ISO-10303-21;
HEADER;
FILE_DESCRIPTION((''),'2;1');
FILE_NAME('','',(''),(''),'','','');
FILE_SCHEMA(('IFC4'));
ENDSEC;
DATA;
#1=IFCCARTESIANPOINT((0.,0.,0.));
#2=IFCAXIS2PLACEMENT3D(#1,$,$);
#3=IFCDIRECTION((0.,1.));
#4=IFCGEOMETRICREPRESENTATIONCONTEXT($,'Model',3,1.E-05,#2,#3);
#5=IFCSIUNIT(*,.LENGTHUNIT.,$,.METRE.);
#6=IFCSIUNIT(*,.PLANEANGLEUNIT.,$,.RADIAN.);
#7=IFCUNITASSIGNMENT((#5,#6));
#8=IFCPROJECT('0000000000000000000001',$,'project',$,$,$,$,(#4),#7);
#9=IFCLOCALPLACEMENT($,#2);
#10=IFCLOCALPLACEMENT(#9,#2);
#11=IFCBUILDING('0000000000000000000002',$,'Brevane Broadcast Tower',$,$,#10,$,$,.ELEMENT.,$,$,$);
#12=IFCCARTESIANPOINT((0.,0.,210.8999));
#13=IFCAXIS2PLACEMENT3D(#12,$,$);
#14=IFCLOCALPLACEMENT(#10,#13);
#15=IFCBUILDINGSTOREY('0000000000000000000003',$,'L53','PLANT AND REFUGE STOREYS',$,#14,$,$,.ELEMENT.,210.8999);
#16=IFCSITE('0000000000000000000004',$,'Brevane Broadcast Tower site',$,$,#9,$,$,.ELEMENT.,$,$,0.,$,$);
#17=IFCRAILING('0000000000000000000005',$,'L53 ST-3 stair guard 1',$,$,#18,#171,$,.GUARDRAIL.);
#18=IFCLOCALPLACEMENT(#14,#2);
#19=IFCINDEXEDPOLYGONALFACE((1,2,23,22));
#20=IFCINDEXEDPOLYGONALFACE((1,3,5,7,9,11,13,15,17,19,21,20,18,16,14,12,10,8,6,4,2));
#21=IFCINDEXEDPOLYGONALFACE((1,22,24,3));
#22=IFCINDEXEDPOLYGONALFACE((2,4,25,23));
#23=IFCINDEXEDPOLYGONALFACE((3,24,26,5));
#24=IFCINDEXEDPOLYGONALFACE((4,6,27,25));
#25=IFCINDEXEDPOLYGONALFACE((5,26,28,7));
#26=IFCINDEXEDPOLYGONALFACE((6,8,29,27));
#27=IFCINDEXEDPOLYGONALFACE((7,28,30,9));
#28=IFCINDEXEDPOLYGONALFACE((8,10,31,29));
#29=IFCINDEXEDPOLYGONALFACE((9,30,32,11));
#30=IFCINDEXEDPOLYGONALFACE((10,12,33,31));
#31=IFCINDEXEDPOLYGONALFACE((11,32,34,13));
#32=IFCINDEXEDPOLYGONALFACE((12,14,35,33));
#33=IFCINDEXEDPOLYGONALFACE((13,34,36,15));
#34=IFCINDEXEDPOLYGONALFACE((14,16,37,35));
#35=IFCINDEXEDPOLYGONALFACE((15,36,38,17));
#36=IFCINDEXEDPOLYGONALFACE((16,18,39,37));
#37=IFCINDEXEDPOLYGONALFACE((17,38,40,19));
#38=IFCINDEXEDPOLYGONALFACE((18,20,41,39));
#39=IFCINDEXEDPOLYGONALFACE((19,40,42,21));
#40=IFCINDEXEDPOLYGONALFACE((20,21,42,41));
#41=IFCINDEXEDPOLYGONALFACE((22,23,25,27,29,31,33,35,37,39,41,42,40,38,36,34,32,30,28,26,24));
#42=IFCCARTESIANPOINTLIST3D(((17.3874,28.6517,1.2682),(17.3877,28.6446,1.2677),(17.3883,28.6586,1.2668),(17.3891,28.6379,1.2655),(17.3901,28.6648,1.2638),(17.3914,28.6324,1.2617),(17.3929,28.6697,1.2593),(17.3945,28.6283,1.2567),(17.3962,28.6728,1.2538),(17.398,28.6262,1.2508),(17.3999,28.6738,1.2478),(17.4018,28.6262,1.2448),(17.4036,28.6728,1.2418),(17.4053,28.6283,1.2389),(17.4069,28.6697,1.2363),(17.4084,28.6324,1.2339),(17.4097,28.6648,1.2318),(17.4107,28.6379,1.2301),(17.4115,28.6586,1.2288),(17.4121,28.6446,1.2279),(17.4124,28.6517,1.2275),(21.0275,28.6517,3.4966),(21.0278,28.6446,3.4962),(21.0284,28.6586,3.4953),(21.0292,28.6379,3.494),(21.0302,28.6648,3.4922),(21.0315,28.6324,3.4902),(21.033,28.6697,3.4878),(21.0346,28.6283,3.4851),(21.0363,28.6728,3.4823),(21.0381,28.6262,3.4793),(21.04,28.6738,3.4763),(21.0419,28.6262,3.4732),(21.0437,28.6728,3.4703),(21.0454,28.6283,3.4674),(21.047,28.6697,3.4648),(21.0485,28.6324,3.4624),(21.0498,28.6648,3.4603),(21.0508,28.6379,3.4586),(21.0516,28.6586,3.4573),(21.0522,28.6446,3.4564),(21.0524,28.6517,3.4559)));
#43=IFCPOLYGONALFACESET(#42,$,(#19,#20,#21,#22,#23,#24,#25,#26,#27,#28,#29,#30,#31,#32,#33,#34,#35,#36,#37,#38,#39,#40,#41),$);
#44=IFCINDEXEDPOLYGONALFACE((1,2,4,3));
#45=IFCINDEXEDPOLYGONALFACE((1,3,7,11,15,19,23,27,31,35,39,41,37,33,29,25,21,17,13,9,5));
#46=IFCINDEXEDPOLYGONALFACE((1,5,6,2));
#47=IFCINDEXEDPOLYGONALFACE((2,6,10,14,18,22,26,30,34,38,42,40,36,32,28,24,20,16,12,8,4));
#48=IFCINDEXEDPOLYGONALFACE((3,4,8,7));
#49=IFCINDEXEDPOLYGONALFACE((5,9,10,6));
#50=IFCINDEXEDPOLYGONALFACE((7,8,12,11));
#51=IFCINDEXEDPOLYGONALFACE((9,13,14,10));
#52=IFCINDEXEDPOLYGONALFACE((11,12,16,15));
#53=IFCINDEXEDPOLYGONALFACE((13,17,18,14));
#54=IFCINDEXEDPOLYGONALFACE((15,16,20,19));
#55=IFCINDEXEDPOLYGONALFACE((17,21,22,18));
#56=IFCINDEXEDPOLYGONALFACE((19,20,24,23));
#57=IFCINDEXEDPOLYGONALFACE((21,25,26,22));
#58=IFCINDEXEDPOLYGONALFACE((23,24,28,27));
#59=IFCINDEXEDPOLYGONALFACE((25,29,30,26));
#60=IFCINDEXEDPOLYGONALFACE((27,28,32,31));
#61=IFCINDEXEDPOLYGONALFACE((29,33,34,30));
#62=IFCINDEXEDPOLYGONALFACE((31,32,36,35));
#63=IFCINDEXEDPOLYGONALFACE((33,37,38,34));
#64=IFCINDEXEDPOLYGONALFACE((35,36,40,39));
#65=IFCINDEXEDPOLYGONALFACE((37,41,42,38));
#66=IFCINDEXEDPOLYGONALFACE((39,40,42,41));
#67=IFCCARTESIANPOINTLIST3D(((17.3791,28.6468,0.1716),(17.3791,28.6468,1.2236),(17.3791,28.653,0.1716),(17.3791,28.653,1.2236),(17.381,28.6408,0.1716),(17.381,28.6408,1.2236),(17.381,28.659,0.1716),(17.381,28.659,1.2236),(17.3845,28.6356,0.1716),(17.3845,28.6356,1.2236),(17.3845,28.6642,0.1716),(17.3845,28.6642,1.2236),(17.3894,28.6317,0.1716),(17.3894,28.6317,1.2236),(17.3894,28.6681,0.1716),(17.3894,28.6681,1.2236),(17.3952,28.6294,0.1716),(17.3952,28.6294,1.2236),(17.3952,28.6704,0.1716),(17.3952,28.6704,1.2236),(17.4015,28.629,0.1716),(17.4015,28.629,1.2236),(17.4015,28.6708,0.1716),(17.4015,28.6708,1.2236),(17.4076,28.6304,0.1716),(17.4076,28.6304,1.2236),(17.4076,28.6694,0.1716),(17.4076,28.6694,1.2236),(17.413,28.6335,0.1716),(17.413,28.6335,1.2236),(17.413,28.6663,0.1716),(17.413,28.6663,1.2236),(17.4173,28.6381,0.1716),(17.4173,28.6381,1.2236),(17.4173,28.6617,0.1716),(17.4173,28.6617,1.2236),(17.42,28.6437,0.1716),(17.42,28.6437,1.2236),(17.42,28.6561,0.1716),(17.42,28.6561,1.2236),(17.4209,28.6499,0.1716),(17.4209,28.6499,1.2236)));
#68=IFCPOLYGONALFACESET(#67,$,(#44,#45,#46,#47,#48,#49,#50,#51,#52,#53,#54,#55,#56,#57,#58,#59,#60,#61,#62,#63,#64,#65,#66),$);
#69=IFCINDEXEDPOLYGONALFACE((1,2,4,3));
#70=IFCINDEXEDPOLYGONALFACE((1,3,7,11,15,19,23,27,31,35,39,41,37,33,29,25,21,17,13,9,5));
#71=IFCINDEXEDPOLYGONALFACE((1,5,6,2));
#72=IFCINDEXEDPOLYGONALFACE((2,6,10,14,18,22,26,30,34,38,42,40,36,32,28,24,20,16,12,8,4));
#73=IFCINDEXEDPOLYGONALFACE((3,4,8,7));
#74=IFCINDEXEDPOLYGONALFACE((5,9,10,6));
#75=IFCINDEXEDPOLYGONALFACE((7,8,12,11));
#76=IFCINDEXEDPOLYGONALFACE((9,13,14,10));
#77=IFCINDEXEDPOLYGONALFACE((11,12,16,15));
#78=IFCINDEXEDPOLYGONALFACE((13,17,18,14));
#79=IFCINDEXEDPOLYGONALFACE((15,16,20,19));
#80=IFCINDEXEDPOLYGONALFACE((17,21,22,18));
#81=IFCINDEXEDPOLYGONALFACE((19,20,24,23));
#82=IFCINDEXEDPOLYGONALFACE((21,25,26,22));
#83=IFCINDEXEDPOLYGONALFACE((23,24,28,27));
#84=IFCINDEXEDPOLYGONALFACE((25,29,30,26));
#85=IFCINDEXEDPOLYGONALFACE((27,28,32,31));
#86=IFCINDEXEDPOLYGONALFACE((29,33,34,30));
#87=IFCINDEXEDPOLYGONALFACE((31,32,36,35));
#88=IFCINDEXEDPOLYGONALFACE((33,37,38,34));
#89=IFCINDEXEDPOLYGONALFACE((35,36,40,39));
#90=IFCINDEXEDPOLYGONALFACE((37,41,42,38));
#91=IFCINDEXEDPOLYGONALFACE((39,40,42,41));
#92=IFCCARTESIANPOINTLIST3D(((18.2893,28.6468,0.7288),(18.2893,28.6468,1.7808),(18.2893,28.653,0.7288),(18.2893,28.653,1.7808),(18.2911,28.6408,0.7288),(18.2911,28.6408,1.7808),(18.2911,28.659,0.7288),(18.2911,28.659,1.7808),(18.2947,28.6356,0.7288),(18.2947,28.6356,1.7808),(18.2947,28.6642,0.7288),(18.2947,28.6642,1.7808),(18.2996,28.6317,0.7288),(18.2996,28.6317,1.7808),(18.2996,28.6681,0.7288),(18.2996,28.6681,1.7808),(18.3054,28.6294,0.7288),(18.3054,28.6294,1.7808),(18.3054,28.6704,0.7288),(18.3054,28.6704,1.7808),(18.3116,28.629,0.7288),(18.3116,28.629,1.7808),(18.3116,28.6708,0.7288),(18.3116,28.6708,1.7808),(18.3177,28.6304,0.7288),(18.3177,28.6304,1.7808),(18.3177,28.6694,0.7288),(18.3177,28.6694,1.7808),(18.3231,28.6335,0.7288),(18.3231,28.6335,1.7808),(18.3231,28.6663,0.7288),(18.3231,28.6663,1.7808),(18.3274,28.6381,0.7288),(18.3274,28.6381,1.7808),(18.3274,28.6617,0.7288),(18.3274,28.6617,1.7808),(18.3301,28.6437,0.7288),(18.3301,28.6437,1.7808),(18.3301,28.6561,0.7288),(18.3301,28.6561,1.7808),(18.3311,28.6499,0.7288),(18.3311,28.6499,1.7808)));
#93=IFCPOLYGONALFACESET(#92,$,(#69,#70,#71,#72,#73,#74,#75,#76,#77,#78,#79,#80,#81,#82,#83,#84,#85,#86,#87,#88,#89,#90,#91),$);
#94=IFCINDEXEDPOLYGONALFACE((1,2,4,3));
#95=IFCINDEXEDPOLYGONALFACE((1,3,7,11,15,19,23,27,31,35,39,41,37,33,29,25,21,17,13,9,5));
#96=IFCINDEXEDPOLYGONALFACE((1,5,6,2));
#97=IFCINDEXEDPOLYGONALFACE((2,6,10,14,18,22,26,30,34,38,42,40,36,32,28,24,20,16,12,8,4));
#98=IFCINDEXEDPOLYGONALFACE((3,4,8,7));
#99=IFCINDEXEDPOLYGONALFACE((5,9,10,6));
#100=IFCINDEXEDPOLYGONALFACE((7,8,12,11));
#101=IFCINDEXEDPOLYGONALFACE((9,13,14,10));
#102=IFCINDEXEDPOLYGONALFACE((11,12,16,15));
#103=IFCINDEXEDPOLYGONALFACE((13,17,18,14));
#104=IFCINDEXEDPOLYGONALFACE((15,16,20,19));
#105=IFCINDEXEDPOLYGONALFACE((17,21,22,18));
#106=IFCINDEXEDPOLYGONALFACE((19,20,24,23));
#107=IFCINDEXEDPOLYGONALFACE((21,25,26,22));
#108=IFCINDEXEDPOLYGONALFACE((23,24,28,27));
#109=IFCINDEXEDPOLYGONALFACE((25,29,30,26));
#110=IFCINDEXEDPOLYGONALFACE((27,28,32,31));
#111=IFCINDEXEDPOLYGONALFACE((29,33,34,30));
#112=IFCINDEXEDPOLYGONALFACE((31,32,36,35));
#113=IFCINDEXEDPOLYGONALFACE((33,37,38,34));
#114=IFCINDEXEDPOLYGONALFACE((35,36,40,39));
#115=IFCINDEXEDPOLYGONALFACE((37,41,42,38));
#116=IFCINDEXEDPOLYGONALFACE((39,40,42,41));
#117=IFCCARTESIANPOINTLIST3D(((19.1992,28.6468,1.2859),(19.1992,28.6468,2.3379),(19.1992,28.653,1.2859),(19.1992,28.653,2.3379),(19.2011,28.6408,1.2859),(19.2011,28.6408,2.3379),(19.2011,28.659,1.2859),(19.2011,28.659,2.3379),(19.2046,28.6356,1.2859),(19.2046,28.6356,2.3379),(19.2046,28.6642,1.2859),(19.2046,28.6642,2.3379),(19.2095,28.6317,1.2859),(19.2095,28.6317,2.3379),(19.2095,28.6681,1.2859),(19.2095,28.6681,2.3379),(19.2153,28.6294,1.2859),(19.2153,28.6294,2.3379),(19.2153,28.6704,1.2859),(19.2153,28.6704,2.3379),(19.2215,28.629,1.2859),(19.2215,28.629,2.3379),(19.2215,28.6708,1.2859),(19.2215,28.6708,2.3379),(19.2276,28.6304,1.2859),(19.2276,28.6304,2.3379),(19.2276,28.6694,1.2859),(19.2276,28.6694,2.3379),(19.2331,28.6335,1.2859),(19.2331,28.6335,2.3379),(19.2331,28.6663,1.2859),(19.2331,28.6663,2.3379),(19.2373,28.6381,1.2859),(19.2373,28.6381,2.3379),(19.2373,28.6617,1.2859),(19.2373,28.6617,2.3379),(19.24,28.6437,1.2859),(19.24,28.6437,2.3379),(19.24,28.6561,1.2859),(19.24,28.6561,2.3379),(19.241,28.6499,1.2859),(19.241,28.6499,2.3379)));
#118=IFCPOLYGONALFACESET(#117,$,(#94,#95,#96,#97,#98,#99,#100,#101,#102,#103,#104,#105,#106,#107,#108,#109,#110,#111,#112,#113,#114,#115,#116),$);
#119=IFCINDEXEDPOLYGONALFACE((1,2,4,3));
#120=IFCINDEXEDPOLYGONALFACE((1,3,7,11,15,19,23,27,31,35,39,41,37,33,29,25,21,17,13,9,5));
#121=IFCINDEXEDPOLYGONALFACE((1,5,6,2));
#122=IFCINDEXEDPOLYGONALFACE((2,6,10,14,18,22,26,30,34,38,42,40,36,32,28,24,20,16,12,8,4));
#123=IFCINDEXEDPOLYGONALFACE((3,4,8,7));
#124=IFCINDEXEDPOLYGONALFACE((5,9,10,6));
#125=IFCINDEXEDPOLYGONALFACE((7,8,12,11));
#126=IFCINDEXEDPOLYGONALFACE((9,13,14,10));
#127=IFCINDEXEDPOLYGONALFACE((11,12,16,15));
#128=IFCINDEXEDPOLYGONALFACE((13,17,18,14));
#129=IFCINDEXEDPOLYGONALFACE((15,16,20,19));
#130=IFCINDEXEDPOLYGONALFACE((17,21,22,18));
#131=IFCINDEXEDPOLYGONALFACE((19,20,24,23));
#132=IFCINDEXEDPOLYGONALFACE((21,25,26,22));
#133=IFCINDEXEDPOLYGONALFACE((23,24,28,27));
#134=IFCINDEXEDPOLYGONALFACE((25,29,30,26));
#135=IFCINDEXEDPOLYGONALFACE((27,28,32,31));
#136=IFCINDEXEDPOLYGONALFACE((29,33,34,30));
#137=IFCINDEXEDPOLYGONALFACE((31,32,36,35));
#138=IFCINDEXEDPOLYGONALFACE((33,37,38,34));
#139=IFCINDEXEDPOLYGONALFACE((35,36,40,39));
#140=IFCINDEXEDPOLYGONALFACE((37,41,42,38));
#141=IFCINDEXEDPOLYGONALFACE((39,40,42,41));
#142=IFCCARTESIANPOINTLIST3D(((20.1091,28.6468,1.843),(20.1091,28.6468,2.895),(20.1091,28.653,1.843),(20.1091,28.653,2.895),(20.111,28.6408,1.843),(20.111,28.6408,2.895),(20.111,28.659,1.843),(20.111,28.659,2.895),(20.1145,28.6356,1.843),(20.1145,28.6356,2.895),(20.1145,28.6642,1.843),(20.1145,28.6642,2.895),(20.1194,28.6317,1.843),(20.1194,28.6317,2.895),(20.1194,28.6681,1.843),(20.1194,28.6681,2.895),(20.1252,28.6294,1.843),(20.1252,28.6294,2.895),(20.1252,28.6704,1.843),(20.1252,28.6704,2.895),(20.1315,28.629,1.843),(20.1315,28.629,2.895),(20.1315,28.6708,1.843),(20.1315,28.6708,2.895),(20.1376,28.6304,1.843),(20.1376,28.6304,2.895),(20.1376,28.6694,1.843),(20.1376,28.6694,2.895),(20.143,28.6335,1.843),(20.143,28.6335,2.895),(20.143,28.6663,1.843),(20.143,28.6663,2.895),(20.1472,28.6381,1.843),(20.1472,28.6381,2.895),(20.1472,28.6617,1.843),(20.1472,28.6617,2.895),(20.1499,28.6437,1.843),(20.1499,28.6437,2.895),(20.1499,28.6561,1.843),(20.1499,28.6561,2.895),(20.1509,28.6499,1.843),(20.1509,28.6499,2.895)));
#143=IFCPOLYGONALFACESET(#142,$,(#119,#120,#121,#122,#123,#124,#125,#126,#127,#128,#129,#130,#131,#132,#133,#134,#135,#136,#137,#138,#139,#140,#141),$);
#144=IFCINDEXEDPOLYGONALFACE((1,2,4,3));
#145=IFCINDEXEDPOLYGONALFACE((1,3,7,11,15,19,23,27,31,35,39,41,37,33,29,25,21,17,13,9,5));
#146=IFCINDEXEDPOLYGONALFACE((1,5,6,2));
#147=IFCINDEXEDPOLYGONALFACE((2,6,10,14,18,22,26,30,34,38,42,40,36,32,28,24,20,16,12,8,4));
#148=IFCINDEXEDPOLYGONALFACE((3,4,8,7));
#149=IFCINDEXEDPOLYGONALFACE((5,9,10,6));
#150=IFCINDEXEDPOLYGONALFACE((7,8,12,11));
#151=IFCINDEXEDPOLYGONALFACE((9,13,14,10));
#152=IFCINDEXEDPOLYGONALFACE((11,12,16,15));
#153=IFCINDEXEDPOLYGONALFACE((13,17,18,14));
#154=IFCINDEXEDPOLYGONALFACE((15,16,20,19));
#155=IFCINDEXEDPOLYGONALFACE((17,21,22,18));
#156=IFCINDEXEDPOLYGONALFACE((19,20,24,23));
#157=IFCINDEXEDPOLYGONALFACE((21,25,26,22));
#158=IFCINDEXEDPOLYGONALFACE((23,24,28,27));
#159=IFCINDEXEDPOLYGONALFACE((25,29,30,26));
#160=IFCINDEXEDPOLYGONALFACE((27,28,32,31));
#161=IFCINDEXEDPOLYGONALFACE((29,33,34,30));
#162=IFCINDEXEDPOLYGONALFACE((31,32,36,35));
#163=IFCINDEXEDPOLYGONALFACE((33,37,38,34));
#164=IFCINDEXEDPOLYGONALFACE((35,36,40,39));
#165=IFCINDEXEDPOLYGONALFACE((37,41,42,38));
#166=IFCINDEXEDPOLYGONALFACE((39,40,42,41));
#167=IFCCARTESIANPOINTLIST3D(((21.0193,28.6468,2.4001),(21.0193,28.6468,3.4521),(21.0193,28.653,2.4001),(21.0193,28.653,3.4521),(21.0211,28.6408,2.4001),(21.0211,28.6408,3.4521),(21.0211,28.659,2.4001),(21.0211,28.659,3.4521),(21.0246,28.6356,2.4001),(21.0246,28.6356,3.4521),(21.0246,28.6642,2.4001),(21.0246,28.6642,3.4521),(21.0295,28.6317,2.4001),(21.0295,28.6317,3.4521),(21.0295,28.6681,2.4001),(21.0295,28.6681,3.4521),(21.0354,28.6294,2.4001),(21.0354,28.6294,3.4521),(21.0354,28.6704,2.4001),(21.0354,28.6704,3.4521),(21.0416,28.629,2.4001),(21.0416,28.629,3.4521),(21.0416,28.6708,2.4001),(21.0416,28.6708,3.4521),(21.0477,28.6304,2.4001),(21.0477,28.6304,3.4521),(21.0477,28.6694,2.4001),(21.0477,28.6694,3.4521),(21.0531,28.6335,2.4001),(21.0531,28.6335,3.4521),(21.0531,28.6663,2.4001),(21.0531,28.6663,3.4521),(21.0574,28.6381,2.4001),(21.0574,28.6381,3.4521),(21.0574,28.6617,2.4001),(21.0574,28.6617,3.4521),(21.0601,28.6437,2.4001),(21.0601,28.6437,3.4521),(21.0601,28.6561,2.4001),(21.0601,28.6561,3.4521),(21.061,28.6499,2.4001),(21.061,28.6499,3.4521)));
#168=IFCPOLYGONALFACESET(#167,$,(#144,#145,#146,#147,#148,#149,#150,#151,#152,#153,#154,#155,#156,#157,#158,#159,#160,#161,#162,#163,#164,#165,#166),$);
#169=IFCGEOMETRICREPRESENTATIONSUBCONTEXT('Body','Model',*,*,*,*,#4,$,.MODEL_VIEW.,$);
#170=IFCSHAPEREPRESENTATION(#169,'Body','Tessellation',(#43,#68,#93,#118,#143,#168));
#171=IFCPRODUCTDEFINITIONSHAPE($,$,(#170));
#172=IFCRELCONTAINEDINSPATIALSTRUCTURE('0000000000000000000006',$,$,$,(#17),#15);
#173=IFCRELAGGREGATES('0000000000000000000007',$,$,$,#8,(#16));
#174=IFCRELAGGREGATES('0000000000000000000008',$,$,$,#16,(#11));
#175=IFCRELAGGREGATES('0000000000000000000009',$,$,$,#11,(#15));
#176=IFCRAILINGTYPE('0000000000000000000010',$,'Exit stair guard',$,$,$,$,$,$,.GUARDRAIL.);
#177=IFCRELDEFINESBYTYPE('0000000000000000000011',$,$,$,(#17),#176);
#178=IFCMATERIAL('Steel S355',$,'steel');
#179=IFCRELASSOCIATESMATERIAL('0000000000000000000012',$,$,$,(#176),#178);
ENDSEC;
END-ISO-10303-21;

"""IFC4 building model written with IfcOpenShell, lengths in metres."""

from ifc_helpers import new_model, si_unit, direction, frame, origin, origin_2d, place, context, subcontext, project, spatial, circle, extrude, material, type_object, element, save


model = new_model("IFC4")

# Units and contexts
model_context = context("Model", 3, precision=1e-05, world=origin(), true_north=direction((0.0, 1.0)))
body_context = subcontext(model_context, "Body", "Model", "MODEL_VIEW")
ifc_project = project(units=[si_unit("LENGTHUNIT", "METRE"), si_unit("PLANEANGLEUNIT", "RADIAN")], contexts=[model_context])

# Site, building, storey
site_placement = place(None, origin())
site = spatial("IfcSite", under=ifc_project, at=site_placement, Name="Brevane Broadcast Tower site", CompositionType="ELEMENT", RefElevation=0.0)
building_placement = place(site_placement, origin())
building = spatial("IfcBuilding", under=site, at=building_placement, Name="Brevane Broadcast Tower", CompositionType="ELEMENT")
storey_placement = place(building_placement, frame((0.0, 0.0, 210.8999)))
storey = spatial("IfcBuildingStorey", under=building, at=storey_placement, Name="L53", Description="PLANT AND REFUGE STOREYS", CompositionType="ELEMENT", Elevation=210.8999)

# Shared definitions
ifc_material_1 = material(Name="Steel S355", Category="steel")

# Railing
railing_type_1 = type_object("IfcRailingType", Name="Exit stair guard", PredefinedType="GUARDRAIL", material=ifc_material_1)
railing_1_placement = place(storey_placement, frame((17.3999, 28.6499, 0.1716)))
element("IfcRailing", 1, at=railing_1_placement, inside=storey, type_object=railing_type_1, Name="L53 ST-3 stair guard 1", PredefinedType="GUARDRAIL", context=body_context, shape_type="SweptSolid", body=[
    extrude(circle(Radius=0.0239, at=origin_2d()), frame((0.0, 0.0, 1.0762), z_axis=(0.852866, 0.0, 0.52213), x_axis=(0.0, 1.0, 0.0)), (0.0, 0.0, 1.0), 4.2681),
    extrude(circle(Radius=0.021, at=origin_2d()), origin(), (0.0, 0.0, 1.0), 1.052),
    extrude(circle(Radius=0.021, at=origin_2d()), frame((0.9102, 0.0, 0.5571)), (0.0, 0.0, 1.0), 1.052),
    extrude(circle(Radius=0.021, at=origin_2d()), frame((1.8201, 0.0, 1.1143)), (0.0, 0.0, 1.0), 1.052),
    extrude(circle(Radius=0.021, at=origin_2d()), frame((2.73, 0.0, 1.6714)), (0.0, 0.0, 1.0), 1.052),
    extrude(circle(Radius=0.021, at=origin_2d()), frame((3.6401, 0.0, 2.2285)), (0.0, 0.0, 1.0), 1.052),
])

save(model, "model.ifc")
